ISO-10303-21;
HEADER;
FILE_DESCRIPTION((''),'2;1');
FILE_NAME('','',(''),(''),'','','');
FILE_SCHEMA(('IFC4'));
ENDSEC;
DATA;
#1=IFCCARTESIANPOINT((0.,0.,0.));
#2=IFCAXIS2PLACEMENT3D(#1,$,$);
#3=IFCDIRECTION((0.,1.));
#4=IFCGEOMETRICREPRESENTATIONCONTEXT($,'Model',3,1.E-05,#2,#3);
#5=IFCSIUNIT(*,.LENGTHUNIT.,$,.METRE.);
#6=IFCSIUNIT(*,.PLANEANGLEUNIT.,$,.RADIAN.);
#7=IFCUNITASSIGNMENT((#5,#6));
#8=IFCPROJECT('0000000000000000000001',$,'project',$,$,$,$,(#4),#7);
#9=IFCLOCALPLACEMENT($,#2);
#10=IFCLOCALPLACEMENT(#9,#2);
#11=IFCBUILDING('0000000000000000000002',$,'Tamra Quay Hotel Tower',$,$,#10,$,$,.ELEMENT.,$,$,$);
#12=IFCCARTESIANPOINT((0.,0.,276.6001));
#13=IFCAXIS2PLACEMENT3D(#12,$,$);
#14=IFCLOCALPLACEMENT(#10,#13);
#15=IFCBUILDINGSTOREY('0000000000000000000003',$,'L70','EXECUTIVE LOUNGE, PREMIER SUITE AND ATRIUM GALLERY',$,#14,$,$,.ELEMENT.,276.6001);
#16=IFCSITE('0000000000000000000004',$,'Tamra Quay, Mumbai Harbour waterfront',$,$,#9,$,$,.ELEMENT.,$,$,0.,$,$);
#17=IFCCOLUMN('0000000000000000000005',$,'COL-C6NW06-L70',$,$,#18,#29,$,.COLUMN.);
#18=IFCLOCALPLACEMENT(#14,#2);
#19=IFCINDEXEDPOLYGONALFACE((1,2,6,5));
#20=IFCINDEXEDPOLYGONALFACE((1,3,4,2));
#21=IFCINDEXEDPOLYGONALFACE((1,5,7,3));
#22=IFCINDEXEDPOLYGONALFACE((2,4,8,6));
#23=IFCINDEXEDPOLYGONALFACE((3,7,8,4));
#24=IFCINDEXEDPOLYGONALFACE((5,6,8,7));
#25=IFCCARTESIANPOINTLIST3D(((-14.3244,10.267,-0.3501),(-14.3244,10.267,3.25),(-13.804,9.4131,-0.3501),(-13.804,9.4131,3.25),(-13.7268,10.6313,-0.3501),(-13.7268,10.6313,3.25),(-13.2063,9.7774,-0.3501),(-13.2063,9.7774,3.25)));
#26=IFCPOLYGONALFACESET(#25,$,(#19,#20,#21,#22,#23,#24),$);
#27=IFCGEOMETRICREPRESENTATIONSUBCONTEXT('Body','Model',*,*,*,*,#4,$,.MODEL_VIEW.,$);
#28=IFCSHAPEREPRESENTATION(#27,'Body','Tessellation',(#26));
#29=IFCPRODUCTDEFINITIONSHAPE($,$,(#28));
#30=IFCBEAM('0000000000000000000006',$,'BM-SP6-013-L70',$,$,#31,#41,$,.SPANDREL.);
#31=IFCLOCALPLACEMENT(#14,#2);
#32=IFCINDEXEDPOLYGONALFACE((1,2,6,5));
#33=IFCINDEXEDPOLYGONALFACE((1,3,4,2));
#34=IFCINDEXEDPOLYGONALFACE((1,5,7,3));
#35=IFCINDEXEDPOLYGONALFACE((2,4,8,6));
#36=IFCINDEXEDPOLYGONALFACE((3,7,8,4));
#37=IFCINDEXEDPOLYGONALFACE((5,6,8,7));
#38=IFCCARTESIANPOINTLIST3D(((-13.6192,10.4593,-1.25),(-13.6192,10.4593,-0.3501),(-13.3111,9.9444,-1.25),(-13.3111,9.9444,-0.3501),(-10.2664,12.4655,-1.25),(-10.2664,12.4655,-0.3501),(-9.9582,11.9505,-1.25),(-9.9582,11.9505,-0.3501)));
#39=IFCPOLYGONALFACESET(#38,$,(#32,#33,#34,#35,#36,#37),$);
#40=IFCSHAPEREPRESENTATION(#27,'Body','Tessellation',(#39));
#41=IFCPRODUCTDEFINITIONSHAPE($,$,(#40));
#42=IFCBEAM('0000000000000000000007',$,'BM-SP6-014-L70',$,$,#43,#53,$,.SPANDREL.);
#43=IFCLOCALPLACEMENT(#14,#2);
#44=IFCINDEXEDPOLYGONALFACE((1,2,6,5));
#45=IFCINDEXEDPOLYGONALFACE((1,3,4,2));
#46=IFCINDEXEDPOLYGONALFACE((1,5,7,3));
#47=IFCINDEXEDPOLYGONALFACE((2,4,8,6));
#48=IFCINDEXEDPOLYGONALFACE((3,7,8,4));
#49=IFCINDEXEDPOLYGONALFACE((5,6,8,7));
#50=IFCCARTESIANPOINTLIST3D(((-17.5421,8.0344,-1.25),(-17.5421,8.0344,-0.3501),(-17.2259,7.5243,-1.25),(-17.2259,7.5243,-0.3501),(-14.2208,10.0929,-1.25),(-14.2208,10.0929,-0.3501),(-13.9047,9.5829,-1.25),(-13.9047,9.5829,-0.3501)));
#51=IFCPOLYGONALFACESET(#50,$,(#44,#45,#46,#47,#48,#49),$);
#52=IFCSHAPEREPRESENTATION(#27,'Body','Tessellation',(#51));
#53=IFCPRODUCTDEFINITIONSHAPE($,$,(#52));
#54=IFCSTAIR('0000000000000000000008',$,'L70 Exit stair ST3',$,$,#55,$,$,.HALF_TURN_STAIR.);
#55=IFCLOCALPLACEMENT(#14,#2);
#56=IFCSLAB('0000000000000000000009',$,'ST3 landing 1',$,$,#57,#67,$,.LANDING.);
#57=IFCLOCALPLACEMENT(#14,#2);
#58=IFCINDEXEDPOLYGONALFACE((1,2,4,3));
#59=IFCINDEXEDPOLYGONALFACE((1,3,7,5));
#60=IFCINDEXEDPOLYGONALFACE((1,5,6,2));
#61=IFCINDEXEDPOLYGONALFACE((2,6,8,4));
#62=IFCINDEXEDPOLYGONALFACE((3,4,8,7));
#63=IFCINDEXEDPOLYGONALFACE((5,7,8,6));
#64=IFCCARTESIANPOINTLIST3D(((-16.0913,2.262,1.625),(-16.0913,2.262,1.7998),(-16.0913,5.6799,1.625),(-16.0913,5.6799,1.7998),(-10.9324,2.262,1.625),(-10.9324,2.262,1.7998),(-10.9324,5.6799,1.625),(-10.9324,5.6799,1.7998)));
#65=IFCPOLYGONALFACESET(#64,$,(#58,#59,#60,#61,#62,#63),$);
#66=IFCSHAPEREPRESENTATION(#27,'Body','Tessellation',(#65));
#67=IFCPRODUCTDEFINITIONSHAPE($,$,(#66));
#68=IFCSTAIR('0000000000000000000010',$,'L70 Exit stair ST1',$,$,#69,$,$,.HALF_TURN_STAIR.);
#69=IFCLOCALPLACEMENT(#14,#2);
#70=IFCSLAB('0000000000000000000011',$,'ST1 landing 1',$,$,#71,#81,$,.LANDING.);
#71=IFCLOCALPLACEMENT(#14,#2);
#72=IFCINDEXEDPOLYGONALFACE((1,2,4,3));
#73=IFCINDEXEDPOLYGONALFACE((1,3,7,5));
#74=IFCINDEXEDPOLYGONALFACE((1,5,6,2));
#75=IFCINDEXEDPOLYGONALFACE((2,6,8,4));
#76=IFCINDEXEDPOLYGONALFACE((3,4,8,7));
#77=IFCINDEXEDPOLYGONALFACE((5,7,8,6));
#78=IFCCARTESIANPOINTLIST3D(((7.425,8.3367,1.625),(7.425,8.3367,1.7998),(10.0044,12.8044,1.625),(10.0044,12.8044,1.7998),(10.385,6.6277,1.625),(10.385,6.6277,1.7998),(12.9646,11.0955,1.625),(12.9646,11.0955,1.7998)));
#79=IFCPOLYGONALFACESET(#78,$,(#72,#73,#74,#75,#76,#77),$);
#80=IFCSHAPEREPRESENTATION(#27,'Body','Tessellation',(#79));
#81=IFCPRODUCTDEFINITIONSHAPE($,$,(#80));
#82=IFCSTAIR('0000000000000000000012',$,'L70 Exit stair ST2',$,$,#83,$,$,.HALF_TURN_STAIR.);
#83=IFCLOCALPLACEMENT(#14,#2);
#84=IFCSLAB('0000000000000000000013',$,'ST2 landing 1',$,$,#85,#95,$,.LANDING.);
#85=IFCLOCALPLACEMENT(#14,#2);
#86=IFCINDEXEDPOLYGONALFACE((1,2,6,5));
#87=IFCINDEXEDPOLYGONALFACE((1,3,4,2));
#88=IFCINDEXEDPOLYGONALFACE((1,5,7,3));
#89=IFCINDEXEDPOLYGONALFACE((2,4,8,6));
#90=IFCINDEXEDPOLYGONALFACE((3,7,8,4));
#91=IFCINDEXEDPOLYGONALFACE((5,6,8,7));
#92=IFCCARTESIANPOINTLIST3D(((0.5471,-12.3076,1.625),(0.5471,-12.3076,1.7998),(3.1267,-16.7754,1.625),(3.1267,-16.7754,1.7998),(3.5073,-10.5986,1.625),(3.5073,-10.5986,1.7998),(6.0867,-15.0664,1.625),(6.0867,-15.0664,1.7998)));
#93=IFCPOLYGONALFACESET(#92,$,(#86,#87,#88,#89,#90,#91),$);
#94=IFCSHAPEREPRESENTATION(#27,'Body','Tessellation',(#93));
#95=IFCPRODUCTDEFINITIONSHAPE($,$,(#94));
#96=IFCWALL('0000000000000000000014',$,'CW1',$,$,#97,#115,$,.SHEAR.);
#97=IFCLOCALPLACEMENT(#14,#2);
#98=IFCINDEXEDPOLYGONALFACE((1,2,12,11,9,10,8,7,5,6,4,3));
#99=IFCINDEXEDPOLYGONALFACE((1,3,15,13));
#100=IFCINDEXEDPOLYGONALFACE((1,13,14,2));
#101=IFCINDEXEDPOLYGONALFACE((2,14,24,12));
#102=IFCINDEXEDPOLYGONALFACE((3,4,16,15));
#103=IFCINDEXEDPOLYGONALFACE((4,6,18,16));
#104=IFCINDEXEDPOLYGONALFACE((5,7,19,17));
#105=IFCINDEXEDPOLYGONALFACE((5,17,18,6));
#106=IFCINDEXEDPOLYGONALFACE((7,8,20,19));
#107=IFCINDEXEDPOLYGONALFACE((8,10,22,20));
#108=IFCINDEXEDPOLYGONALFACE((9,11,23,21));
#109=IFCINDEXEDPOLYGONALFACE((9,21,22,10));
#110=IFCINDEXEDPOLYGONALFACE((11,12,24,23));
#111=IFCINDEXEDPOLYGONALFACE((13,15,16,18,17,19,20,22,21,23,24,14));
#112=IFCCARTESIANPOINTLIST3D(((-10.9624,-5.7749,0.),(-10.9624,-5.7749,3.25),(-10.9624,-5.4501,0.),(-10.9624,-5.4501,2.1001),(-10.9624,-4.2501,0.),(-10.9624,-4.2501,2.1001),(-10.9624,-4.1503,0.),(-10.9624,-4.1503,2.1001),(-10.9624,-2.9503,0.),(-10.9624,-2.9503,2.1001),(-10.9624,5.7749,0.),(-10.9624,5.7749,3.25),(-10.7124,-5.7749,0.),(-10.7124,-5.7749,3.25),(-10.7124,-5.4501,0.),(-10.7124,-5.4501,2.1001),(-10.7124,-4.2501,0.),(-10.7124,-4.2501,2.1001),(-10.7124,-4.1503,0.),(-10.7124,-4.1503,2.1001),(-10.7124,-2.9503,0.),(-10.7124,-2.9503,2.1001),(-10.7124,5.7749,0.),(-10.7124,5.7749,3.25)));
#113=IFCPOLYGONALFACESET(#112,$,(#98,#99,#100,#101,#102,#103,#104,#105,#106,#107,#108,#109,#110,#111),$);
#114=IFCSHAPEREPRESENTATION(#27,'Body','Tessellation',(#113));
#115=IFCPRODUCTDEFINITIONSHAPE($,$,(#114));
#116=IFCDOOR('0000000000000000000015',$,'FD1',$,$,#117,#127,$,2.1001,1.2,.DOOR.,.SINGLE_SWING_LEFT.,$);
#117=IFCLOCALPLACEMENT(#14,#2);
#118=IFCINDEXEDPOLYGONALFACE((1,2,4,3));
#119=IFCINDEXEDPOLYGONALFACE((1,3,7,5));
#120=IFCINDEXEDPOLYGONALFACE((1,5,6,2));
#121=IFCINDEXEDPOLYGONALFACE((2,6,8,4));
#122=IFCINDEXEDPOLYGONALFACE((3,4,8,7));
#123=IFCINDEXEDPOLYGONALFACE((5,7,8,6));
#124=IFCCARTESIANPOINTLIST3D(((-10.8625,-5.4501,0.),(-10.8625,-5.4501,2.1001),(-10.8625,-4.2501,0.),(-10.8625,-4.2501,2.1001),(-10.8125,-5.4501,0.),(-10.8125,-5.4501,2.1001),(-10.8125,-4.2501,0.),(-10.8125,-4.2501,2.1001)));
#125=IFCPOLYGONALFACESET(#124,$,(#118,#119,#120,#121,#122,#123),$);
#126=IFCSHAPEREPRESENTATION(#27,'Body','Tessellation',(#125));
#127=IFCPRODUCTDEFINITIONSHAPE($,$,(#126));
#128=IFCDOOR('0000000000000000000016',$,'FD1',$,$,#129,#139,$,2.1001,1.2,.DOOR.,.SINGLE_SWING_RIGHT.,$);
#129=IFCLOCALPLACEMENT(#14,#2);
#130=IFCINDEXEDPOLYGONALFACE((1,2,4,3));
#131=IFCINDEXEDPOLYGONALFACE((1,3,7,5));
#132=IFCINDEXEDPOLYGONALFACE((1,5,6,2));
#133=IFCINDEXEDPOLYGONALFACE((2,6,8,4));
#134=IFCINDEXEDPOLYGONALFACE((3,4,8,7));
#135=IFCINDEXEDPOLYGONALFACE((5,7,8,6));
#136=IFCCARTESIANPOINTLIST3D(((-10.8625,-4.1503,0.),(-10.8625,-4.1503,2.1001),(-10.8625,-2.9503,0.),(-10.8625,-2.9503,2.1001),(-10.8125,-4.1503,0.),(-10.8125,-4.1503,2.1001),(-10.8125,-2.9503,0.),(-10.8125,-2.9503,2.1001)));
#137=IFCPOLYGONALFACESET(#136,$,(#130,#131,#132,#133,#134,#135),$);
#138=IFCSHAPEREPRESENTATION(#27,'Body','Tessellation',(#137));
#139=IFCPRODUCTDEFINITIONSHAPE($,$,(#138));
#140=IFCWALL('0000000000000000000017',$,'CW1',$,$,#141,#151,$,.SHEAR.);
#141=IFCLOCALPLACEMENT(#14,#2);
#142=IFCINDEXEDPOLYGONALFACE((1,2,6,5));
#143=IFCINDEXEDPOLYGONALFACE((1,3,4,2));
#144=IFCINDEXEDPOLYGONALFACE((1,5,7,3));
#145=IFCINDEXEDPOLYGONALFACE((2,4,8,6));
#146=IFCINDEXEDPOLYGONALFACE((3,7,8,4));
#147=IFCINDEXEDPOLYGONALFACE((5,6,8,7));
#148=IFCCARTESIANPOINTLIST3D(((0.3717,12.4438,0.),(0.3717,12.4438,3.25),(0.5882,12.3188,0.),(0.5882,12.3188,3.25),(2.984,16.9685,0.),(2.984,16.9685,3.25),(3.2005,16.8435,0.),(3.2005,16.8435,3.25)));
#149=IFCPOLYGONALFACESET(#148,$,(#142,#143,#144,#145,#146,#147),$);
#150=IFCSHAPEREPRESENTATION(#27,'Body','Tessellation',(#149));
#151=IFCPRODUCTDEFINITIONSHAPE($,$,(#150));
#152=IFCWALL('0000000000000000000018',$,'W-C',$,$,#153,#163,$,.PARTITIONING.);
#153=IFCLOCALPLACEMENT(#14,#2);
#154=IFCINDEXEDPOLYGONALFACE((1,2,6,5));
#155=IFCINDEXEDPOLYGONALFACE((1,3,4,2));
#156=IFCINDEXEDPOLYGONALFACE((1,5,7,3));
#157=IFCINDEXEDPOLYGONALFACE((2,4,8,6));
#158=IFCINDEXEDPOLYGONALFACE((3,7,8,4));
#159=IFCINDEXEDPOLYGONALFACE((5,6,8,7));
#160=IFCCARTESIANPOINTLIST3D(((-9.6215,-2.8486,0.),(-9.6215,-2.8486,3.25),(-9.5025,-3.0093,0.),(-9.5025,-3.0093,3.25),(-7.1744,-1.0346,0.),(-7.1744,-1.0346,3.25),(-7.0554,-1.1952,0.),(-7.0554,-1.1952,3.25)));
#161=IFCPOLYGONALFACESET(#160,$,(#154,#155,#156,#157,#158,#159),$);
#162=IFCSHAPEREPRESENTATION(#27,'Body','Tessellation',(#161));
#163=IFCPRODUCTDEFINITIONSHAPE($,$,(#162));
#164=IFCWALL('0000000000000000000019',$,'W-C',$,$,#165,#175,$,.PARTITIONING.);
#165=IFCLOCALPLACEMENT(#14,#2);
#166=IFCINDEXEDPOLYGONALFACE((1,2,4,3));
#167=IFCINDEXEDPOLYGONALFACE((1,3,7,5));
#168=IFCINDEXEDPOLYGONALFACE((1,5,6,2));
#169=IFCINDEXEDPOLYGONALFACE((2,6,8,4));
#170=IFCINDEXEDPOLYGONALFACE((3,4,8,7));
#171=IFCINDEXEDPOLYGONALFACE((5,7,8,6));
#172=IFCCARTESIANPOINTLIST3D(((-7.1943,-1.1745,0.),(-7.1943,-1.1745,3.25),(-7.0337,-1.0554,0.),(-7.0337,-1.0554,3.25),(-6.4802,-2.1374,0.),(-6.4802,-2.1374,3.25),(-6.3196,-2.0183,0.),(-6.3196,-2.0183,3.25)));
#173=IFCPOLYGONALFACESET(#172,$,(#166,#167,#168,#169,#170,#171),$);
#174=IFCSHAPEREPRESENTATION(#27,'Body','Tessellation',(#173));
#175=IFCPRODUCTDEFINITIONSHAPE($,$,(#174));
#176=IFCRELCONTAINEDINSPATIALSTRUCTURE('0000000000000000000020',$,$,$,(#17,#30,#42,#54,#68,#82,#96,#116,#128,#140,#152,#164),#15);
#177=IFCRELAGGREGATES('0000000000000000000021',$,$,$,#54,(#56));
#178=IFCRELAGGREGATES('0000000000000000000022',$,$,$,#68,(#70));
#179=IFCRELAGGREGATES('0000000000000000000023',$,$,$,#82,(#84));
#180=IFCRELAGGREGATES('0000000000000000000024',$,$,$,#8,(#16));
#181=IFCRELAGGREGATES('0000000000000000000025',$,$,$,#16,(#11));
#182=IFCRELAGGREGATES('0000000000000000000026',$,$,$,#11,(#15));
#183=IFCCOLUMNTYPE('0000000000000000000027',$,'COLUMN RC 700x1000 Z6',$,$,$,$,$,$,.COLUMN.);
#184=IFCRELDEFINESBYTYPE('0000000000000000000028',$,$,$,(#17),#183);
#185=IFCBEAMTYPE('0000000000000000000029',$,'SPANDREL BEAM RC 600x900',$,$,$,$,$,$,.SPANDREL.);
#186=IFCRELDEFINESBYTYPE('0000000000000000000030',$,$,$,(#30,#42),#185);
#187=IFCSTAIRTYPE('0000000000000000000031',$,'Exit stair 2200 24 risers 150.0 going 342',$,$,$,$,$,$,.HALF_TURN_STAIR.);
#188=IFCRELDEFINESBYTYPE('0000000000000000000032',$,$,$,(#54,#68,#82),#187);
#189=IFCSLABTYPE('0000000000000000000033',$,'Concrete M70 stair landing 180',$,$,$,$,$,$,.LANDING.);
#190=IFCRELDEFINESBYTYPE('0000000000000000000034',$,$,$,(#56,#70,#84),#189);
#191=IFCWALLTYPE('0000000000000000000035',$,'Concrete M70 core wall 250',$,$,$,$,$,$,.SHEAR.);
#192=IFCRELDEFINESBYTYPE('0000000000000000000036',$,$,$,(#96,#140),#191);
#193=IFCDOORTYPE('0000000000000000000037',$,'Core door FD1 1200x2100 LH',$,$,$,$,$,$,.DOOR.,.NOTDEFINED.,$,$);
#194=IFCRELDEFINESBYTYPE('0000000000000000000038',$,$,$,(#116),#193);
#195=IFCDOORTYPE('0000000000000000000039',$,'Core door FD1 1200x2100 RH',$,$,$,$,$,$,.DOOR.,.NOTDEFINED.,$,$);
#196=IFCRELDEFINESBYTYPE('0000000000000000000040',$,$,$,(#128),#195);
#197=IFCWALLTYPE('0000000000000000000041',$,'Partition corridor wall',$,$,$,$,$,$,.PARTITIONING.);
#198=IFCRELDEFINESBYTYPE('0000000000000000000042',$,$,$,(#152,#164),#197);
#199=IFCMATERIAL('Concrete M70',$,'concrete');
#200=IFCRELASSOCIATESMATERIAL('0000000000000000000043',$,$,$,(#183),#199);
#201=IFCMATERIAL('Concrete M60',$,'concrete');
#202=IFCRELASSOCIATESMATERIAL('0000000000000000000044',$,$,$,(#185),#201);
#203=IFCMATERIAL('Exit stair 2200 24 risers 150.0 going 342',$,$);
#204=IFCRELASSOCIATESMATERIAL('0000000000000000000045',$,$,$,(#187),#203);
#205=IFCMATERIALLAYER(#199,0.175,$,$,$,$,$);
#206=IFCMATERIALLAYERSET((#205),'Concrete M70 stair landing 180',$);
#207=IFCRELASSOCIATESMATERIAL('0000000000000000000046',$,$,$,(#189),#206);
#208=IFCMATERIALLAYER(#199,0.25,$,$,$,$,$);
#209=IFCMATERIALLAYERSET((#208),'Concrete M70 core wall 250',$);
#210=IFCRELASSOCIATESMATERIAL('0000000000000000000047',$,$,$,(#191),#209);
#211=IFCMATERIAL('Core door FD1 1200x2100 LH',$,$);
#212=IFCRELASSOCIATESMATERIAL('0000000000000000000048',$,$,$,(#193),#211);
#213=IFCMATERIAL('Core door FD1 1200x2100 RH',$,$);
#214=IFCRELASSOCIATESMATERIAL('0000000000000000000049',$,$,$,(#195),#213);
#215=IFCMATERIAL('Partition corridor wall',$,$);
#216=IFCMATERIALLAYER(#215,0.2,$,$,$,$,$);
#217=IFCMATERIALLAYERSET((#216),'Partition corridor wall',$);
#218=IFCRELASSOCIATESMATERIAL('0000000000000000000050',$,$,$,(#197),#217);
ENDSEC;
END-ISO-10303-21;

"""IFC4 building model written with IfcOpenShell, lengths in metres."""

from ifc_helpers import new_model, si_unit, direction, frame, frame_2d, origin, origin_2d, place, context, subcontext, project, spatial, polyline, rectangle, outline, extrude, material, layer, layer_set, material_profile, profile_set, type_object, element, fill, aggregate, save


model = new_model("IFC4")

# Units and contexts
model_context = context("Model", 3, precision=1e-05, world=origin(), true_north=direction((0.0, 1.0)))
body_context = subcontext(model_context, "Body", "Model", "MODEL_VIEW")
ifc_project = project(units=[si_unit("LENGTHUNIT", "METRE"), si_unit("PLANEANGLEUNIT", "RADIAN")], contexts=[model_context])

# Site, building, storey
site_placement = place(None, origin())
site = spatial("IfcSite", under=ifc_project, at=site_placement, Name="Tamra Quay, Mumbai Harbour waterfront", CompositionType="ELEMENT", RefElevation=0.0)
building_placement = place(site_placement, origin())
building = spatial("IfcBuilding", under=site, at=building_placement, Name="Tamra Quay Hotel Tower", CompositionType="ELEMENT")
storey_placement = place(building_placement, frame((0.0, 0.0, 276.6001)))
storey = spatial("IfcBuildingStorey", under=building, at=storey_placement, Name="L70", Description="EXECUTIVE LOUNGE, PREMIER SUITE AND ATRIUM GALLERY", CompositionType="ELEMENT", Elevation=276.6001)

# Column
ifc_material_1 = material(Name="Concrete M70", Category="concrete")
ifc_material_profile_1 = material_profile(ifc_material_1, rectangle(XDim=1.0, YDim=0.7, at=origin_2d()), Name="COLUMN RC 700x1000 Z6")
ifc_profile_set_1 = profile_set([ifc_material_profile_1], Name="Concrete M70")
column_type = type_object("IfcColumnType", Name="COLUMN RC 700x1000 Z6", PredefinedType="COLUMN", material=ifc_profile_set_1)
column_placement = place(storey_placement, frame((-13.7654, 10.0222, -0.3501), z_axis=(0.0, 0.0, 1.0), x_axis=(-0.52043, 0.853904, 0.0)))
element("IfcColumn", 1, at=column_placement, inside=storey, type_object=column_type, Name="COL-C6NW06-L70", PredefinedType="COLUMN", context=body_context, shape_type="SweptSolid", body=[
    extrude(rectangle(XDim=1.0, YDim=0.7, at=origin_2d()), origin(), (0.0, 0.0, 1.0), 3.6001),
])

# Beams
ifc_material_2 = material(Name="Concrete M60", Category="concrete")
ifc_material_profile_2 = material_profile(ifc_material_2, rectangle(XDim=0.6001, YDim=0.8999, at=origin_2d()), Name="SPANDREL BEAM RC 600x900")
ifc_profile_set_2 = profile_set([ifc_material_profile_2], Name="Concrete M60")
beam_type = type_object("IfcBeamType", Name="SPANDREL BEAM RC 600x900", PredefinedType="SPANDREL", material=ifc_profile_set_2)
beam_1_placement = place(storey_placement, frame((-10.1123, 12.208, -0.8), z_axis=(-0.858121, -0.513448, 0.0), x_axis=(0.513448, -0.858121, 0.0)))
element("IfcBeam", 2, at=beam_1_placement, inside=storey, type_object=beam_type, Name="BM-SP6-013-L70", PredefinedType="SPANDREL", context=body_context, shape_type="SweptSolid", body=[
    extrude(rectangle(XDim=0.6001, YDim=0.8999, at=origin_2d()), origin(), (0.0, 0.0, 1.0), 3.9072),
])
beam_2_placement = place(storey_placement, frame((-14.0627, 9.8379, -0.8), z_axis=(-0.849972, -0.526828, 0.0), x_axis=(0.526828, -0.849972, 0.0)))
element("IfcBeam", 3, at=beam_2_placement, inside=storey, type_object=beam_type, Name="BM-SP6-014-L70", PredefinedType="SPANDREL", context=body_context, shape_type="SweptSolid", body=[
    extrude(rectangle(XDim=0.6001, YDim=0.8999, at=origin_2d()), origin(), (0.0, 0.0, 1.0), 3.9075),
])

# Stairs, slabs
ifc_material_3 = material(Name="Exit stair 2200 24 risers 150.0 going 342")
stair_type = type_object("IfcStairType", Name="Exit stair 2200 24 risers 150.0 going 342", PredefinedType="HALF_TURN_STAIR", material=ifc_material_3)
stair_1_placement = place(storey_placement, origin())
stair_1 = element("IfcStair", 4, at=stair_1_placement, inside=storey, type_object=stair_type, Name="L70 Exit stair ST3", PredefinedType="HALF_TURN_STAIR")
ifc_layer_1 = layer(ifc_material_1, 0.175)
ifc_layer_set_1 = layer_set([ifc_layer_1], Name="Concrete M70 stair landing 180")
slab_type_1 = type_object("IfcSlabType", Name="Concrete M70 stair landing 180", PredefinedType="LANDING", material=ifc_layer_set_1)
slab_1_placement = place(storey_placement, frame((0.0, 0.0, 1.625)))
slab_1 = element("IfcSlab", 5, at=slab_1_placement, type_object=slab_type_1, Name="ST3 landing 1", PredefinedType="LANDING", context=body_context, shape_type="SweptSolid", body=[
    extrude(outline(polyline([(-10.9324, 2.262), (-10.9324, 5.6799), (-16.0913, 5.6799), (-16.0913, 2.262), (-10.9324, 2.262)])), origin(), (0.0, 0.0, 1.0), 0.1748),
])
aggregate(stair_1, [slab_1])
stair_2_placement = place(storey_placement, origin())
stair_2 = element("IfcStair", 6, at=stair_2_placement, inside=storey, type_object=stair_type, Name="L70 Exit stair ST1", PredefinedType="HALF_TURN_STAIR")
slab_2_placement = place(storey_placement, frame((0.0, 0.0, 1.625)))
slab_2 = element("IfcSlab", 7, at=slab_2_placement, type_object=slab_type_1, Name="ST1 landing 1", PredefinedType="LANDING", context=body_context, shape_type="SweptSolid", body=[
    extrude(outline(polyline([(7.425, 8.3367), (10.385, 6.6277), (12.9646, 11.0955), (10.0044, 12.8044), (7.425, 8.3367)])), origin(), (0.0, 0.0, 1.0), 0.1748),
])
aggregate(stair_2, [slab_2])
stair_3_placement = place(storey_placement, origin())
stair_3 = element("IfcStair", 8, at=stair_3_placement, inside=storey, type_object=stair_type, Name="L70 Exit stair ST2", PredefinedType="HALF_TURN_STAIR")
slab_3_placement = place(storey_placement, frame((0.0, 0.0, 1.625)))
slab_3 = element("IfcSlab", 9, at=slab_3_placement, type_object=slab_type_1, Name="ST2 landing 1", PredefinedType="LANDING", context=body_context, shape_type="SweptSolid", body=[
    extrude(outline(polyline([(3.5073, -10.5986), (0.5471, -12.3076), (3.1267, -16.7754), (6.0867, -15.0664), (3.5073, -10.5986)])), origin(), (0.0, 0.0, 1.0), 0.1748),
])
aggregate(stair_3, [slab_3])

# Wall, openings, doors
ifc_layer_2 = layer(ifc_material_1, 0.25)
ifc_layer_set_2 = layer_set([ifc_layer_2], Name="Concrete M70 core wall 250")
wall_type_1 = type_object("IfcWallType", Name="Concrete M70 core wall 250", PredefinedType="SHEAR", material=ifc_layer_set_2)
wall_1_placement = place(storey_placement, frame((-10.8374, 5.7749, 0.0), z_axis=(0.0, 0.0, 1.0), x_axis=(0.0, -1.0, 0.0)))
wall_1 = element("IfcWall", 10, at=wall_1_placement, inside=storey, type_object=wall_type_1, Name="CW1", PredefinedType="SHEAR", context=body_context, shape_type="SweptSolid", body=[
    extrude(rectangle(XDim=11.5498, YDim=0.25, at=frame_2d((5.7749, 0.0))), origin(), (0.0, 0.0, 1.0), 3.25),
])
opening_1_placement = place(wall_1_placement, frame((10.0249, 0.0, 0.0)))
opening_1 = element("IfcOpeningElement", 11, at=opening_1_placement, cuts=wall_1, PredefinedType="OPENING", context=body_context, shape_type="SweptSolid", body=[
    extrude(rectangle(XDim=1.2, YDim=2.1001, at=frame_2d((0.6001, 1.05))), frame((0.0, 0.135, 0.0), z_axis=(0.0, -1.0, 0.0), x_axis=(1.0, 0.0, 0.0)), (0.0, 0.0, 1.0), 0.27),
])
opening_2_placement = place(wall_1_placement, frame((8.7251, 0.0, 0.0)))
opening_2 = element("IfcOpeningElement", 12, at=opening_2_placement, cuts=wall_1, PredefinedType="OPENING", context=body_context, shape_type="SweptSolid", body=[
    extrude(rectangle(XDim=1.2, YDim=2.1001, at=frame_2d((0.6001, 1.05))), frame((0.0, 0.135, 0.0), z_axis=(0.0, -1.0, 0.0), x_axis=(1.0, 0.0, 0.0)), (0.0, 0.0, 1.0), 0.27),
])
ifc_material_4 = material(Name="Core door FD1 1200x2100 LH")
door_type_1 = type_object("IfcDoorType", Name="Core door FD1 1200x2100 LH", OperationType="NOTDEFINED", PredefinedType="DOOR", material=ifc_material_4)
door_1_placement = place(opening_1_placement, origin())
door_1 = element("IfcDoor", 13, at=door_1_placement, inside=storey, type_object=door_type_1, Name="FD1", OperationType="SINGLE_SWING_LEFT", OverallHeight=2.1001, OverallWidth=1.2, PredefinedType="DOOR", context=body_context, shape_type="SweptSolid", body=[
    extrude(rectangle(XDim=1.2, YDim=2.1001, at=frame_2d((0.6001, 1.05))), frame((0.0, 0.0249, 0.0), z_axis=(0.0, -1.0, 0.0), x_axis=(1.0, 0.0, 0.0)), (0.0, 0.0, 1.0), 0.05),
])
fill(opening_1, door_1)
ifc_material_5 = material(Name="Core door FD1 1200x2100 RH")
door_type_2 = type_object("IfcDoorType", Name="Core door FD1 1200x2100 RH", OperationType="NOTDEFINED", PredefinedType="DOOR", material=ifc_material_5)
door_2_placement = place(opening_2_placement, origin())
door_2 = element("IfcDoor", 14, at=door_2_placement, inside=storey, type_object=door_type_2, Name="FD1", OperationType="SINGLE_SWING_RIGHT", OverallHeight=2.1001, OverallWidth=1.2, PredefinedType="DOOR", context=body_context, shape_type="SweptSolid", body=[
    extrude(rectangle(XDim=1.2, YDim=2.1001, at=frame_2d((0.6001, 1.05))), frame((0.0, 0.0249, 0.0), z_axis=(0.0, -1.0, 0.0), x_axis=(1.0, 0.0, 0.0)), (0.0, 0.0, 1.0), 0.05),
])
fill(opening_2, door_2)

# Walls
wall_2_placement = place(storey_placement, frame((0.48, 12.3813, 0.0), z_axis=(0.0, 0.0, 1.0), x_axis=(0.499999, 0.866026, 0.0)))
element("IfcWall", 15, at=wall_2_placement, inside=storey, type_object=wall_type_1, Name="CW1", PredefinedType="SHEAR", context=body_context, shape_type="SweptSolid", body=[
    extrude(rectangle(XDim=5.2246, YDim=0.25, at=frame_2d((2.6123, 0.0))), origin(), (0.0, 0.0, 1.0), 3.25),
])
ifc_material_6 = material(Name="Partition corridor wall")
ifc_layer_3 = layer(ifc_material_6, 0.2)
ifc_layer_set_3 = layer_set([ifc_layer_3], Name="Partition corridor wall")
wall_type_2 = type_object("IfcWallType", Name="Partition corridor wall", PredefinedType="PARTITIONING", material=ifc_layer_set_3)
wall_3_placement = place(storey_placement, frame((-7.115, -1.115, 0.0), z_axis=(0.0, 0.0, 1.0), x_axis=(-0.803344, -0.595515, 0.0)))
element("IfcWall", 16, at=wall_3_placement, inside=storey, type_object=wall_type_2, Name="W-C", PredefinedType="PARTITIONING", context=body_context, shape_type="SweptSolid", body=[
    extrude(rectangle(XDim=3.0461, YDim=0.2, at=frame_2d((1.5229, 0.0))), origin(), (0.0, 0.0, 1.0), 3.25),
])
wall_4_placement = place(storey_placement, frame((-7.114, -1.115, 0.0), z_axis=(0.0, 0.0, 1.0), x_axis=(0.59569, -0.803214, 0.0)))
element("IfcWall", 17, at=wall_4_placement, inside=storey, type_object=wall_type_2, Name="W-C", PredefinedType="PARTITIONING", context=body_context, shape_type="SweptSolid", body=[
    extrude(rectangle(XDim=1.1987, YDim=0.2, at=frame_2d((0.5994, 0.0))), origin(), (0.0, 0.0, 1.0), 3.25),
])

save(model, "model.ifc")
